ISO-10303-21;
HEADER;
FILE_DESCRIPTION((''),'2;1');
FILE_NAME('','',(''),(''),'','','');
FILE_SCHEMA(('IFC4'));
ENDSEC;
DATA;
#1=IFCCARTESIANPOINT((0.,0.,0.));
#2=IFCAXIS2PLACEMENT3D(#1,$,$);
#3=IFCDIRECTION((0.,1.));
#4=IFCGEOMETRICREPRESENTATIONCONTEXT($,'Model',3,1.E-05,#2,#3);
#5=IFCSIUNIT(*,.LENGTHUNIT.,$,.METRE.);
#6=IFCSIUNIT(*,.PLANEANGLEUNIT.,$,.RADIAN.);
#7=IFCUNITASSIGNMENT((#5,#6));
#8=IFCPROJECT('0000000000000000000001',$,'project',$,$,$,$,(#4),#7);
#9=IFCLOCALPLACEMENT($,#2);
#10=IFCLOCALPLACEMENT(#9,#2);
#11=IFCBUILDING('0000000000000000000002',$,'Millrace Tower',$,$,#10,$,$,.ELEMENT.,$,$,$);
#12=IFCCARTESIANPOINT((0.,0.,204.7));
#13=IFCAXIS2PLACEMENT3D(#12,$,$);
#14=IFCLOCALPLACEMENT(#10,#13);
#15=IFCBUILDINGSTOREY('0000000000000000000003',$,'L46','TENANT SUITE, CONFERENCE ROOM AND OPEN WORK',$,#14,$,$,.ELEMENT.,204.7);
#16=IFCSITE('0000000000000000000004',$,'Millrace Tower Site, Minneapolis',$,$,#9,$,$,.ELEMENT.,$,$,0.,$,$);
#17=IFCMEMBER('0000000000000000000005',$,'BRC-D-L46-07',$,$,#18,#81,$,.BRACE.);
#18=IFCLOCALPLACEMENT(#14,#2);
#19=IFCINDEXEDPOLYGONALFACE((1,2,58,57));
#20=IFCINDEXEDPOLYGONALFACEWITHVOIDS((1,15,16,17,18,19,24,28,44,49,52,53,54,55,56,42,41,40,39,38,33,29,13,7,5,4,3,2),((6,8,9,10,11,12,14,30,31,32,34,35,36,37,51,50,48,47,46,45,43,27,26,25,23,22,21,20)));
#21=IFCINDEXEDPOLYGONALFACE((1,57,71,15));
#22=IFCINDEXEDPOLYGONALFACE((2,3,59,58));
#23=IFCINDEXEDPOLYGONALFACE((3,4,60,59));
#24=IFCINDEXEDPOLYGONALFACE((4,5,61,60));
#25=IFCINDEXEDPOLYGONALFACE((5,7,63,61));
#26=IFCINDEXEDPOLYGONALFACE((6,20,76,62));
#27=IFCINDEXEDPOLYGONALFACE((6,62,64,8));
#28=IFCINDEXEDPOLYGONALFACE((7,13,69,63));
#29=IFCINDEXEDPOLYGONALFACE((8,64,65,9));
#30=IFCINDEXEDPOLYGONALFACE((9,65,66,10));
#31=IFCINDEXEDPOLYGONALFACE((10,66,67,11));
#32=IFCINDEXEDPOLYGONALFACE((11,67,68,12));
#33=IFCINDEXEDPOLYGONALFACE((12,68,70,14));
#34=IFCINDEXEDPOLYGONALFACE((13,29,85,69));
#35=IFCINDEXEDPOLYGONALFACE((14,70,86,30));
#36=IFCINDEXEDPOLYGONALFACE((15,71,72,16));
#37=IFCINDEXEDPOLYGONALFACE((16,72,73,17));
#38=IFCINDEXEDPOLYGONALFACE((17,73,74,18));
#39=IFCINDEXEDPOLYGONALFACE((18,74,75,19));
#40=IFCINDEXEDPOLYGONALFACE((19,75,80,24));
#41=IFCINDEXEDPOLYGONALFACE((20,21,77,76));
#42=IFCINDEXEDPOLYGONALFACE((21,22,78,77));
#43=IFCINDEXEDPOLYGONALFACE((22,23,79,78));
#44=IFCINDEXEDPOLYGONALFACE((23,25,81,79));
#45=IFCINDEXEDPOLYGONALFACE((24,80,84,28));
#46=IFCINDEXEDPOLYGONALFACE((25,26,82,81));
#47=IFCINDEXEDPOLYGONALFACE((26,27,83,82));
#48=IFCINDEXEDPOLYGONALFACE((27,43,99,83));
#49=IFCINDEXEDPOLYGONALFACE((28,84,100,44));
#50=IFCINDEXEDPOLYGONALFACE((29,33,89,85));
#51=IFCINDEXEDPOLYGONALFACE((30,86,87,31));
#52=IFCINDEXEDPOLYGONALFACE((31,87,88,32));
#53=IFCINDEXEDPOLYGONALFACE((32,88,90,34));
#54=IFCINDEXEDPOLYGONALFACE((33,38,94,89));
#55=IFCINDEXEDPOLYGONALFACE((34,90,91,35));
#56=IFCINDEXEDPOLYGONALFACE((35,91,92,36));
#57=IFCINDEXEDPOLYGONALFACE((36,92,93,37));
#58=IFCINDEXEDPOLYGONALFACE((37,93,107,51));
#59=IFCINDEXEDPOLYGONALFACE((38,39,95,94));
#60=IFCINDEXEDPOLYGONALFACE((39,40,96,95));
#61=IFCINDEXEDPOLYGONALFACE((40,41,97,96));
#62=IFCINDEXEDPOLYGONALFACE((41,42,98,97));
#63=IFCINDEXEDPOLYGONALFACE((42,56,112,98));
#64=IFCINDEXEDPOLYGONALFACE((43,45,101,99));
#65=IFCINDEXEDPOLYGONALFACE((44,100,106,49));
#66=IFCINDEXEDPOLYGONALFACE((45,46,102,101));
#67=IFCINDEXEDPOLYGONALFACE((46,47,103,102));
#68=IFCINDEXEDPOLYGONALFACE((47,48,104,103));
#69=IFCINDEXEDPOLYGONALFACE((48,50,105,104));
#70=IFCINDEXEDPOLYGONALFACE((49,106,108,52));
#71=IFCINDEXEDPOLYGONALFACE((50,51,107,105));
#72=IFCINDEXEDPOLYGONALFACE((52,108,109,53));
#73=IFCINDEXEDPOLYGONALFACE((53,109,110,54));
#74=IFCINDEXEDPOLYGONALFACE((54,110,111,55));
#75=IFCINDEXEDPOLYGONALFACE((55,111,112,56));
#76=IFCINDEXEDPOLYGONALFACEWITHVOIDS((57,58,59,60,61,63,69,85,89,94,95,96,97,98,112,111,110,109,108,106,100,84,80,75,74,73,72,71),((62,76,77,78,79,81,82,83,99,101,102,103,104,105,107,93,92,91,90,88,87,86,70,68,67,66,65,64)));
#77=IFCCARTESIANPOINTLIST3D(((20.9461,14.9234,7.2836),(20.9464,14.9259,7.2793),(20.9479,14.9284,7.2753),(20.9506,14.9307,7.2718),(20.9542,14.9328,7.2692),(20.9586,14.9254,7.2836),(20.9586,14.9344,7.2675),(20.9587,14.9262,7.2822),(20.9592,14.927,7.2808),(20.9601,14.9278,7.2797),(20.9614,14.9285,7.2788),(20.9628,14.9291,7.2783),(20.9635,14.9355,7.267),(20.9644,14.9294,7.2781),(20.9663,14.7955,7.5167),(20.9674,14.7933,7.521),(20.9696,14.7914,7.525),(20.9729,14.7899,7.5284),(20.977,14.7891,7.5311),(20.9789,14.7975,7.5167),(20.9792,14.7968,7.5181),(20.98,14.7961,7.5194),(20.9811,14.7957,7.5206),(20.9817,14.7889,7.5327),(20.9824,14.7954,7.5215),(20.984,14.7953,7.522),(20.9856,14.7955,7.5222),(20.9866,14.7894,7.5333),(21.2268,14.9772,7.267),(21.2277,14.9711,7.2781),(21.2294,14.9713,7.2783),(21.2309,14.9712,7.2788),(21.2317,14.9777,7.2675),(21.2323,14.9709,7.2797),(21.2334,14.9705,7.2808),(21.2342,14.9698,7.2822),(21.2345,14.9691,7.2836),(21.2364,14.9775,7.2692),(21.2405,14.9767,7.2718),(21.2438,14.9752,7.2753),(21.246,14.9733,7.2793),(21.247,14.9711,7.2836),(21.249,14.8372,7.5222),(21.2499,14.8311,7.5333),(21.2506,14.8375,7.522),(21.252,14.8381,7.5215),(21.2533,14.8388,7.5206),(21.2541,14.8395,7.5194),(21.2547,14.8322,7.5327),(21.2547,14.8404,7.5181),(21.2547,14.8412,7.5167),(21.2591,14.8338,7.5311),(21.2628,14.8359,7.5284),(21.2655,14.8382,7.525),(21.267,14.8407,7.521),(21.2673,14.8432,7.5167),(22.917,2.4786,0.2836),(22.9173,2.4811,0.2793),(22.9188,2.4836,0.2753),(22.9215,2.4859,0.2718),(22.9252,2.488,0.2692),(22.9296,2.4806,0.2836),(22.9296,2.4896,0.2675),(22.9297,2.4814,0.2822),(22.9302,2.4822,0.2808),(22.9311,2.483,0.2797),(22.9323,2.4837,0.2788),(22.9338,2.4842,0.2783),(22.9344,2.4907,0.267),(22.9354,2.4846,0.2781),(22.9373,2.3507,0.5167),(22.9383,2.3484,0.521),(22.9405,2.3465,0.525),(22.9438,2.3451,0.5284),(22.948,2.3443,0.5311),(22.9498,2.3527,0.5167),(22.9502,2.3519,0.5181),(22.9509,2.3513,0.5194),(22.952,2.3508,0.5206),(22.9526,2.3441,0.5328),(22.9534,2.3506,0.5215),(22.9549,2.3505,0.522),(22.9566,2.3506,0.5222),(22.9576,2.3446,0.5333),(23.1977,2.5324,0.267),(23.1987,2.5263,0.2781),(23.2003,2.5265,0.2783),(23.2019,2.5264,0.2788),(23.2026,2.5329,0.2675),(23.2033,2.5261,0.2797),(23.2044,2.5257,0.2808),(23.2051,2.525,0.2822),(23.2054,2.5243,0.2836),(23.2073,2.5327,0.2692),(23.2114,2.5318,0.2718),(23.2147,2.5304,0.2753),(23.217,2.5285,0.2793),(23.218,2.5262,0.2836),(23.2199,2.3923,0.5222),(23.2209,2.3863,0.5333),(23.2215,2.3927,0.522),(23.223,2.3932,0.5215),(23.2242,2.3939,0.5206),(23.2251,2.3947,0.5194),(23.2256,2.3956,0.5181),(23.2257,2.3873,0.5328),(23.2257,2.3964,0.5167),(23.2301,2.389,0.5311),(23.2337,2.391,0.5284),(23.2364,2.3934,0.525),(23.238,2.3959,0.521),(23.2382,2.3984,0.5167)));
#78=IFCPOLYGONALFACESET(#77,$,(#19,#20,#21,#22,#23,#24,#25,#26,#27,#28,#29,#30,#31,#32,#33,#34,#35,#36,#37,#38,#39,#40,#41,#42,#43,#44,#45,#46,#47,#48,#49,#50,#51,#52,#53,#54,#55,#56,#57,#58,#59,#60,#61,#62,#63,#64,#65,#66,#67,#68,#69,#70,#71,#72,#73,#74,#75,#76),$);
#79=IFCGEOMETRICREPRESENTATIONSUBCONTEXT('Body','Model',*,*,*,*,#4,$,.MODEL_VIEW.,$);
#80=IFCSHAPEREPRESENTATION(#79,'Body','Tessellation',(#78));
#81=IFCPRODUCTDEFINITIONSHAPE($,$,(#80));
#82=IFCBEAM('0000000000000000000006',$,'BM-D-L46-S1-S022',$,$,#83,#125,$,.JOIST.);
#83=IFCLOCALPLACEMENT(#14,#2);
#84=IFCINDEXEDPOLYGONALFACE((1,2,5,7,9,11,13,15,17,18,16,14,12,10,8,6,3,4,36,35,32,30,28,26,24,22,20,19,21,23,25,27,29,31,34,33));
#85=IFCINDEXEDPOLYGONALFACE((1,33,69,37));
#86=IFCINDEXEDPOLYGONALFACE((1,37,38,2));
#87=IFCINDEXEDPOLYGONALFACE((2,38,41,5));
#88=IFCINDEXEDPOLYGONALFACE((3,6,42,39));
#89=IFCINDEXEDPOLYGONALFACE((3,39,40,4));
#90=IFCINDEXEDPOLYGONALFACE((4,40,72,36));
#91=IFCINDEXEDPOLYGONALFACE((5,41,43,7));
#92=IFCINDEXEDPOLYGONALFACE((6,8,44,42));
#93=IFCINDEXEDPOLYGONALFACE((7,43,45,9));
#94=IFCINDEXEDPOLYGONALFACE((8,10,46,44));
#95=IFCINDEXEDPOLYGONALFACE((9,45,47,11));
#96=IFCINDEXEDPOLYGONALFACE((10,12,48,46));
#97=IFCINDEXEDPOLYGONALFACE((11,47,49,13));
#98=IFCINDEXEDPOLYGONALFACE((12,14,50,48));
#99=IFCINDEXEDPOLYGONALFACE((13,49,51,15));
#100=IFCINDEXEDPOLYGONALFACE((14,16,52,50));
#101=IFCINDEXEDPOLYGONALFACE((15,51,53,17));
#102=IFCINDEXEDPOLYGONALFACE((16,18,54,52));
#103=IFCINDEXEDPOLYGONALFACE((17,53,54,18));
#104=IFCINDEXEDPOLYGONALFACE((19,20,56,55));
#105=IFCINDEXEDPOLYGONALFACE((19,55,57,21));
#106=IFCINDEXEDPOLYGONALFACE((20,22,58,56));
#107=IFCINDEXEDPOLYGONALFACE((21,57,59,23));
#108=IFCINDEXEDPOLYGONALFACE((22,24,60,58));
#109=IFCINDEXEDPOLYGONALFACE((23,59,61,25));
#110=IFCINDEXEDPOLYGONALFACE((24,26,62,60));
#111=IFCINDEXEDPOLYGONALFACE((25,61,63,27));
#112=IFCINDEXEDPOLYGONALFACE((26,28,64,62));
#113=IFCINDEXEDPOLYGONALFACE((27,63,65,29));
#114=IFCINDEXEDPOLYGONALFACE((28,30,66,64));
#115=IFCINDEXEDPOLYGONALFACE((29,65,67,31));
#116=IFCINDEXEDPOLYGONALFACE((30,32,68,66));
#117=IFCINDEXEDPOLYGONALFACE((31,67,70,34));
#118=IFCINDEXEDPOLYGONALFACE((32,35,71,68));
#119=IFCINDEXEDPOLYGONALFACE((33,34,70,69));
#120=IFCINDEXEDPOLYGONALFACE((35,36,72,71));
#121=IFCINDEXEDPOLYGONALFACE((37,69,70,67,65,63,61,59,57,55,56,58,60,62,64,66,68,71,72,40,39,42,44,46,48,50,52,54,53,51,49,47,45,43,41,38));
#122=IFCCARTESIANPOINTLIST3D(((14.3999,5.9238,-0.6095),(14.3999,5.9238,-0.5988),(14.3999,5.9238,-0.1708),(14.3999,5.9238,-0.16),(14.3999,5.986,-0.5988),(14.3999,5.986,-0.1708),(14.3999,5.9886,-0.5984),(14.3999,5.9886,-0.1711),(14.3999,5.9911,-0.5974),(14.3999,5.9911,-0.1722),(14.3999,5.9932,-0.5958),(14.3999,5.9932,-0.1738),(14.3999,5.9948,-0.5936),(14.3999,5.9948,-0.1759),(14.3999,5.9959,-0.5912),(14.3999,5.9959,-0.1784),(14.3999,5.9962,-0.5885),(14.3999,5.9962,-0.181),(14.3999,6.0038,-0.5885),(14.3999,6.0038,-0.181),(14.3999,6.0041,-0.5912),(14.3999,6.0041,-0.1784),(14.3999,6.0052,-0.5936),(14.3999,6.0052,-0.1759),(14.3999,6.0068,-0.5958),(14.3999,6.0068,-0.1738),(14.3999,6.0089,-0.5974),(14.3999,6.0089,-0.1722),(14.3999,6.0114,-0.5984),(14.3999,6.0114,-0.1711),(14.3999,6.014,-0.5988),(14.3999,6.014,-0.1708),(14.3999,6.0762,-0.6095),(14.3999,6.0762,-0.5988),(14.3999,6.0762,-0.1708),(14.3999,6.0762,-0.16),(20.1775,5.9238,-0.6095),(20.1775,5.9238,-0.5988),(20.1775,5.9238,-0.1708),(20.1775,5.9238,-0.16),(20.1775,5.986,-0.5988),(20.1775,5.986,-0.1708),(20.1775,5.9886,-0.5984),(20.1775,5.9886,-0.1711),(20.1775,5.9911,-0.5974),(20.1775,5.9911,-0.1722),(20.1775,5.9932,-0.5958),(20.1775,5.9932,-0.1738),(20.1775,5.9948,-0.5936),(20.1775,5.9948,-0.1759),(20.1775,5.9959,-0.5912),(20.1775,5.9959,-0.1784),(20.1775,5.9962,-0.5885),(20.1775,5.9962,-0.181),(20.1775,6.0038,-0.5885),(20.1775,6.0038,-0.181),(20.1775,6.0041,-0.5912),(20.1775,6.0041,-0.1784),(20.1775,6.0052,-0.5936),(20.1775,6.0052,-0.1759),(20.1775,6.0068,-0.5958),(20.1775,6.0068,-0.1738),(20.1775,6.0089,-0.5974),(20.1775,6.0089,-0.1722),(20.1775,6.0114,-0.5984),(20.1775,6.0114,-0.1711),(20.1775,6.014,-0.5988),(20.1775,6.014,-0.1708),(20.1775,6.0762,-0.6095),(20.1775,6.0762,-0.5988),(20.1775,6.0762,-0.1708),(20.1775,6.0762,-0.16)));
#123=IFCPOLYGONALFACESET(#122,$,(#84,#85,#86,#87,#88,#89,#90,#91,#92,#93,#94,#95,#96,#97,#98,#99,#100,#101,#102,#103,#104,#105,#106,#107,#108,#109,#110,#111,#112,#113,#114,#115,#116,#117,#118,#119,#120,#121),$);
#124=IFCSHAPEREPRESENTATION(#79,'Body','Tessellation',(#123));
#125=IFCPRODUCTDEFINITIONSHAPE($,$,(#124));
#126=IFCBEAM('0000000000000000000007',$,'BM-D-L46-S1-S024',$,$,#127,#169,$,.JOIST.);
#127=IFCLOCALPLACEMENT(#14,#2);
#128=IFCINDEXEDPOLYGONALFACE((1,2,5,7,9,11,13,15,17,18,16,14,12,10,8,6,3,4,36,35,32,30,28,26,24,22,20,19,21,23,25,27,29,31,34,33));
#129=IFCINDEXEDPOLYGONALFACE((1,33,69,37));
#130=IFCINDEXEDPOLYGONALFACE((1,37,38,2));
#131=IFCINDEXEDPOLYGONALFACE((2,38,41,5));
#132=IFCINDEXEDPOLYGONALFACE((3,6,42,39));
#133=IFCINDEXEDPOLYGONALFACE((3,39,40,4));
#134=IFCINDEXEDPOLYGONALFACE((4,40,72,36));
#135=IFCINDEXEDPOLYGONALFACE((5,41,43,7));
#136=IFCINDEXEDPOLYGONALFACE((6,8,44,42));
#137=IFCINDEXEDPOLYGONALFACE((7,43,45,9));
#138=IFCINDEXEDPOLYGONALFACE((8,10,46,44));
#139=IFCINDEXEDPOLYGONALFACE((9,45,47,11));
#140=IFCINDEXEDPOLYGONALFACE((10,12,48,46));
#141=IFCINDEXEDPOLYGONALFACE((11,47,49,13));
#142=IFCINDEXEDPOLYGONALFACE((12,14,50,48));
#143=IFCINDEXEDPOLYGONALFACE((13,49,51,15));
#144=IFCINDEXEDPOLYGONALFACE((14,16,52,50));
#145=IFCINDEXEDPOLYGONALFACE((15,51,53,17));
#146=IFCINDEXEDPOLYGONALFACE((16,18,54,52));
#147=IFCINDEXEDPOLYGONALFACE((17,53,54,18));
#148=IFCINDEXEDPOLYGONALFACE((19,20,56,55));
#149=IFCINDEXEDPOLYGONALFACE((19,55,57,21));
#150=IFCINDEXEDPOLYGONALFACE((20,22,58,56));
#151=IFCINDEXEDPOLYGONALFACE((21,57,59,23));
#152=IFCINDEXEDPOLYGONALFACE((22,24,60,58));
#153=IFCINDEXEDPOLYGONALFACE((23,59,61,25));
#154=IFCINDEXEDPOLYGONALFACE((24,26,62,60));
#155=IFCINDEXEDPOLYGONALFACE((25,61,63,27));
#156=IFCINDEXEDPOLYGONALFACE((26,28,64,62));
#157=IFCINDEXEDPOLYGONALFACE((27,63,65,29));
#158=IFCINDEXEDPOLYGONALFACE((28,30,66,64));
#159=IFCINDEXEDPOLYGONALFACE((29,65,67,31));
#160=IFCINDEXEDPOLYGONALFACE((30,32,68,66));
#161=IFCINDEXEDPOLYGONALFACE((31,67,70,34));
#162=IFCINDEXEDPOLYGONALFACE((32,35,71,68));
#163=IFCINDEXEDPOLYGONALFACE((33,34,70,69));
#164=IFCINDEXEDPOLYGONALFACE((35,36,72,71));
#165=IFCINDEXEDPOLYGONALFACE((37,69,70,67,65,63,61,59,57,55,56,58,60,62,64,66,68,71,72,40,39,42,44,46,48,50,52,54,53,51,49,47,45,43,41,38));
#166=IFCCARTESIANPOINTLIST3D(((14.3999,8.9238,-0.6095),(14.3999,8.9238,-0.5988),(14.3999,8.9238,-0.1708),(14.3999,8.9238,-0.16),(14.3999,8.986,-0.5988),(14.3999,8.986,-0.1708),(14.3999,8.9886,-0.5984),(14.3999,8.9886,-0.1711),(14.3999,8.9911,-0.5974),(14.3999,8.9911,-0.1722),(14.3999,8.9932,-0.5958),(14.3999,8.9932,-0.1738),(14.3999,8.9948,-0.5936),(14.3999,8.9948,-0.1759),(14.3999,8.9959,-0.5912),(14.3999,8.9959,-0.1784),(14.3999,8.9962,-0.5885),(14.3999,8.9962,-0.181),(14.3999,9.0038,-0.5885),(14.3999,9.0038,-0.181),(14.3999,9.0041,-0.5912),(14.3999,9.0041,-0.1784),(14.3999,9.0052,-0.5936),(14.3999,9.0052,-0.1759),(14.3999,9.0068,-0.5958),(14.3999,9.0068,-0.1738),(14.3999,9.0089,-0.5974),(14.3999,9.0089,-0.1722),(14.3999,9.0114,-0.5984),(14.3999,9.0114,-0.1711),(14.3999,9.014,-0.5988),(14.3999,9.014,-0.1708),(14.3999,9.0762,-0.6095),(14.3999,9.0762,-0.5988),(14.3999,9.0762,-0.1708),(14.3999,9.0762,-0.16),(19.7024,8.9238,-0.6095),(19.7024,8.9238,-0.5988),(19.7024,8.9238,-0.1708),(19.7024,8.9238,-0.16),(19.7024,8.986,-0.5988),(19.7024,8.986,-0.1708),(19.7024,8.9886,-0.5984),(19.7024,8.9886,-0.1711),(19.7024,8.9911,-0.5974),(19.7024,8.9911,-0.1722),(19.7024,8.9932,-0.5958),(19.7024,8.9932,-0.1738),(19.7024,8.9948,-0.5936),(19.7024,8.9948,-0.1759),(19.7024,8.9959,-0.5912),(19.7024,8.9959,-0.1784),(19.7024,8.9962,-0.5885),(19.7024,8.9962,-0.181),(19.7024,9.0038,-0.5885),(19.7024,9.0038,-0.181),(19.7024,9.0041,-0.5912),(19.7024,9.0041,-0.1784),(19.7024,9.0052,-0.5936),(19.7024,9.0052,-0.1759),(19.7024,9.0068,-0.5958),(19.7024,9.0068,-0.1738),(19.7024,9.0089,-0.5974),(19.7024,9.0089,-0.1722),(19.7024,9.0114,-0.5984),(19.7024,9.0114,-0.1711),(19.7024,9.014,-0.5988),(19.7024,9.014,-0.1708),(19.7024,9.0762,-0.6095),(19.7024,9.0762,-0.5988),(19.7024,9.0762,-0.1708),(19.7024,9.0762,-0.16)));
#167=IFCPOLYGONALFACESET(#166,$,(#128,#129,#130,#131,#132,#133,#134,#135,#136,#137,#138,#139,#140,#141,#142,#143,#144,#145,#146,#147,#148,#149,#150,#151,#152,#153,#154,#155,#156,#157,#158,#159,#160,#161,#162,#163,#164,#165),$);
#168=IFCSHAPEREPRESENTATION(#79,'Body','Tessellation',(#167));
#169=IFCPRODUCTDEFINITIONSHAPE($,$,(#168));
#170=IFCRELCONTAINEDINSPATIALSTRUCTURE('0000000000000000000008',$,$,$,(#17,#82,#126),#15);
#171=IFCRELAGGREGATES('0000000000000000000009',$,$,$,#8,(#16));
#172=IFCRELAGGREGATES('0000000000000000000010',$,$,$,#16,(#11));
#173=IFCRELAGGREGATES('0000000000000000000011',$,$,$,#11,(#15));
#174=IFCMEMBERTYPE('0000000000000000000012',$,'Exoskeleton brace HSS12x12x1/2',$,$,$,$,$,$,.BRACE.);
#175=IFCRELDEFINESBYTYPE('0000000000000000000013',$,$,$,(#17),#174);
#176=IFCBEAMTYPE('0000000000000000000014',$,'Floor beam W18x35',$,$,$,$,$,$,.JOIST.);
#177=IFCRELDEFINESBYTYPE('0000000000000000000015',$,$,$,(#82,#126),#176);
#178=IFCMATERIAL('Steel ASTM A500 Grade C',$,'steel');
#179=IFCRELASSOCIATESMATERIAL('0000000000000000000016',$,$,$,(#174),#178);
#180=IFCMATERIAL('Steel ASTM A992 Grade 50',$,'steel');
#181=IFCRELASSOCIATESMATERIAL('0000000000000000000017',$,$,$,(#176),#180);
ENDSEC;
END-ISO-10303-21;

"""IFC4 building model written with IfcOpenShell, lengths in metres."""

from ifc_helpers import new_model, si_unit, direction, frame, origin, origin_2d, place, context, subcontext, project, spatial, hollow_rectangle, i_section, extrude, material, material_profile, profile_set, type_object, element, save


model = new_model("IFC4")

# Units and contexts
model_context = context("Model", 3, precision=1e-05, world=origin(), true_north=direction((0.0, 1.0)))
body_context = subcontext(model_context, "Body", "Model", "MODEL_VIEW")
ifc_project = project(units=[si_unit("LENGTHUNIT", "METRE"), si_unit("PLANEANGLEUNIT", "RADIAN")], contexts=[model_context])

# Site, building, storey
site_placement = place(None, origin())
site = spatial("IfcSite", under=ifc_project, at=site_placement, Name="Millrace Tower Site, Minneapolis", CompositionType="ELEMENT", RefElevation=0.0)
building_placement = place(site_placement, origin())
building = spatial("IfcBuilding", under=site, at=building_placement, Name="Millrace Tower", CompositionType="ELEMENT")
storey_placement = place(building_placement, frame((0.0, 0.0, 204.7)))
storey = spatial("IfcBuildingStorey", under=building, at=storey_placement, Name="L46", Description="TENANT SUITE, CONFERENCE ROOM AND OPEN WORK", CompositionType="ELEMENT", Elevation=204.7)

# Member
ifc_material_1 = material(Name="Steel ASTM A500 Grade C", Category="steel")
ifc_material_profile_1 = material_profile(ifc_material_1, hollow_rectangle(XDim=0.3047, YDim=0.3047, WallThickness=0.0127, InnerFilletRadius=0.0063, OuterFilletRadius=0.019, at=origin_2d()))
ifc_profile_set_1 = profile_set([ifc_material_profile_1], Name="Steel ASTM A500 Grade C")
member_type_1 = type_object("IfcMemberType", Name="Exoskeleton brace HSS12x12x1/2", PredefinedType="BRACE", material=ifc_profile_set_1)
member_1_placement = place(storey_placement, frame((23.0776, 2.4385, 0.4001), z_axis=(-0.13674, 0.863395, 0.485645), x_axis=(-0.98769, -0.156425, 0.0)))
element("IfcMember", 1, at=member_1_placement, inside=storey, type_object=member_type_1, Name="BRC-D-L46-07", PredefinedType="BRACE", context=body_context, shape_type="SweptSolid", body=[
    extrude(hollow_rectangle(XDim=0.3047, YDim=0.3047, WallThickness=0.0127, InnerFilletRadius=0.0063, OuterFilletRadius=0.019, at=origin_2d()), origin(), (0.0, 0.0, 1.0), 14.4138),
])

# Beams
ifc_material_2 = material(Name="Steel ASTM A992 Grade 50", Category="steel")
ifc_material_profile_2 = material_profile(ifc_material_2, i_section(OverallWidth=0.1523, OverallDepth=0.4495, WebThickness=0.0076, FlangeThickness=0.0107, FilletRadius=0.0103, at=origin_2d()))
ifc_profile_set_2 = profile_set([ifc_material_profile_2], Name="Steel ASTM A992 Grade 50")
beam_type_1 = type_object("IfcBeamType", Name="Floor beam W18x35", PredefinedType="JOIST", material=ifc_profile_set_2)
beam_1_placement = place(storey_placement, frame((14.3999, 6.0, -0.3848), z_axis=(1.0, 0.0, 0.0), x_axis=(0.0, 1.0, 0.0)))
element("IfcBeam", 2, at=beam_1_placement, inside=storey, type_object=beam_type_1, Name="BM-D-L46-S1-S022", PredefinedType="JOIST", context=body_context, shape_type="SweptSolid", body=[
    extrude(i_section(OverallWidth=0.1523, OverallDepth=0.4495, WebThickness=0.0076, FlangeThickness=0.0107, FilletRadius=0.0103, at=origin_2d()), origin(), (0.0, 0.0, 1.0), 5.7776),
])
beam_2_placement = place(storey_placement, frame((14.3999, 9.0, -0.3848), z_axis=(1.0, 0.0, 0.0), x_axis=(0.0, 1.0, 0.0)))
element("IfcBeam", 3, at=beam_2_placement, inside=storey, type_object=beam_type_1, Name="BM-D-L46-S1-S024", PredefinedType="JOIST", context=body_context, shape_type="SweptSolid", body=[
    extrude(i_section(OverallWidth=0.1523, OverallDepth=0.4495, WebThickness=0.0076, FlangeThickness=0.0107, FilletRadius=0.0103, at=origin_2d()), origin(), (0.0, 0.0, 1.0), 5.3025),
])

save(model, "model.ifc")
